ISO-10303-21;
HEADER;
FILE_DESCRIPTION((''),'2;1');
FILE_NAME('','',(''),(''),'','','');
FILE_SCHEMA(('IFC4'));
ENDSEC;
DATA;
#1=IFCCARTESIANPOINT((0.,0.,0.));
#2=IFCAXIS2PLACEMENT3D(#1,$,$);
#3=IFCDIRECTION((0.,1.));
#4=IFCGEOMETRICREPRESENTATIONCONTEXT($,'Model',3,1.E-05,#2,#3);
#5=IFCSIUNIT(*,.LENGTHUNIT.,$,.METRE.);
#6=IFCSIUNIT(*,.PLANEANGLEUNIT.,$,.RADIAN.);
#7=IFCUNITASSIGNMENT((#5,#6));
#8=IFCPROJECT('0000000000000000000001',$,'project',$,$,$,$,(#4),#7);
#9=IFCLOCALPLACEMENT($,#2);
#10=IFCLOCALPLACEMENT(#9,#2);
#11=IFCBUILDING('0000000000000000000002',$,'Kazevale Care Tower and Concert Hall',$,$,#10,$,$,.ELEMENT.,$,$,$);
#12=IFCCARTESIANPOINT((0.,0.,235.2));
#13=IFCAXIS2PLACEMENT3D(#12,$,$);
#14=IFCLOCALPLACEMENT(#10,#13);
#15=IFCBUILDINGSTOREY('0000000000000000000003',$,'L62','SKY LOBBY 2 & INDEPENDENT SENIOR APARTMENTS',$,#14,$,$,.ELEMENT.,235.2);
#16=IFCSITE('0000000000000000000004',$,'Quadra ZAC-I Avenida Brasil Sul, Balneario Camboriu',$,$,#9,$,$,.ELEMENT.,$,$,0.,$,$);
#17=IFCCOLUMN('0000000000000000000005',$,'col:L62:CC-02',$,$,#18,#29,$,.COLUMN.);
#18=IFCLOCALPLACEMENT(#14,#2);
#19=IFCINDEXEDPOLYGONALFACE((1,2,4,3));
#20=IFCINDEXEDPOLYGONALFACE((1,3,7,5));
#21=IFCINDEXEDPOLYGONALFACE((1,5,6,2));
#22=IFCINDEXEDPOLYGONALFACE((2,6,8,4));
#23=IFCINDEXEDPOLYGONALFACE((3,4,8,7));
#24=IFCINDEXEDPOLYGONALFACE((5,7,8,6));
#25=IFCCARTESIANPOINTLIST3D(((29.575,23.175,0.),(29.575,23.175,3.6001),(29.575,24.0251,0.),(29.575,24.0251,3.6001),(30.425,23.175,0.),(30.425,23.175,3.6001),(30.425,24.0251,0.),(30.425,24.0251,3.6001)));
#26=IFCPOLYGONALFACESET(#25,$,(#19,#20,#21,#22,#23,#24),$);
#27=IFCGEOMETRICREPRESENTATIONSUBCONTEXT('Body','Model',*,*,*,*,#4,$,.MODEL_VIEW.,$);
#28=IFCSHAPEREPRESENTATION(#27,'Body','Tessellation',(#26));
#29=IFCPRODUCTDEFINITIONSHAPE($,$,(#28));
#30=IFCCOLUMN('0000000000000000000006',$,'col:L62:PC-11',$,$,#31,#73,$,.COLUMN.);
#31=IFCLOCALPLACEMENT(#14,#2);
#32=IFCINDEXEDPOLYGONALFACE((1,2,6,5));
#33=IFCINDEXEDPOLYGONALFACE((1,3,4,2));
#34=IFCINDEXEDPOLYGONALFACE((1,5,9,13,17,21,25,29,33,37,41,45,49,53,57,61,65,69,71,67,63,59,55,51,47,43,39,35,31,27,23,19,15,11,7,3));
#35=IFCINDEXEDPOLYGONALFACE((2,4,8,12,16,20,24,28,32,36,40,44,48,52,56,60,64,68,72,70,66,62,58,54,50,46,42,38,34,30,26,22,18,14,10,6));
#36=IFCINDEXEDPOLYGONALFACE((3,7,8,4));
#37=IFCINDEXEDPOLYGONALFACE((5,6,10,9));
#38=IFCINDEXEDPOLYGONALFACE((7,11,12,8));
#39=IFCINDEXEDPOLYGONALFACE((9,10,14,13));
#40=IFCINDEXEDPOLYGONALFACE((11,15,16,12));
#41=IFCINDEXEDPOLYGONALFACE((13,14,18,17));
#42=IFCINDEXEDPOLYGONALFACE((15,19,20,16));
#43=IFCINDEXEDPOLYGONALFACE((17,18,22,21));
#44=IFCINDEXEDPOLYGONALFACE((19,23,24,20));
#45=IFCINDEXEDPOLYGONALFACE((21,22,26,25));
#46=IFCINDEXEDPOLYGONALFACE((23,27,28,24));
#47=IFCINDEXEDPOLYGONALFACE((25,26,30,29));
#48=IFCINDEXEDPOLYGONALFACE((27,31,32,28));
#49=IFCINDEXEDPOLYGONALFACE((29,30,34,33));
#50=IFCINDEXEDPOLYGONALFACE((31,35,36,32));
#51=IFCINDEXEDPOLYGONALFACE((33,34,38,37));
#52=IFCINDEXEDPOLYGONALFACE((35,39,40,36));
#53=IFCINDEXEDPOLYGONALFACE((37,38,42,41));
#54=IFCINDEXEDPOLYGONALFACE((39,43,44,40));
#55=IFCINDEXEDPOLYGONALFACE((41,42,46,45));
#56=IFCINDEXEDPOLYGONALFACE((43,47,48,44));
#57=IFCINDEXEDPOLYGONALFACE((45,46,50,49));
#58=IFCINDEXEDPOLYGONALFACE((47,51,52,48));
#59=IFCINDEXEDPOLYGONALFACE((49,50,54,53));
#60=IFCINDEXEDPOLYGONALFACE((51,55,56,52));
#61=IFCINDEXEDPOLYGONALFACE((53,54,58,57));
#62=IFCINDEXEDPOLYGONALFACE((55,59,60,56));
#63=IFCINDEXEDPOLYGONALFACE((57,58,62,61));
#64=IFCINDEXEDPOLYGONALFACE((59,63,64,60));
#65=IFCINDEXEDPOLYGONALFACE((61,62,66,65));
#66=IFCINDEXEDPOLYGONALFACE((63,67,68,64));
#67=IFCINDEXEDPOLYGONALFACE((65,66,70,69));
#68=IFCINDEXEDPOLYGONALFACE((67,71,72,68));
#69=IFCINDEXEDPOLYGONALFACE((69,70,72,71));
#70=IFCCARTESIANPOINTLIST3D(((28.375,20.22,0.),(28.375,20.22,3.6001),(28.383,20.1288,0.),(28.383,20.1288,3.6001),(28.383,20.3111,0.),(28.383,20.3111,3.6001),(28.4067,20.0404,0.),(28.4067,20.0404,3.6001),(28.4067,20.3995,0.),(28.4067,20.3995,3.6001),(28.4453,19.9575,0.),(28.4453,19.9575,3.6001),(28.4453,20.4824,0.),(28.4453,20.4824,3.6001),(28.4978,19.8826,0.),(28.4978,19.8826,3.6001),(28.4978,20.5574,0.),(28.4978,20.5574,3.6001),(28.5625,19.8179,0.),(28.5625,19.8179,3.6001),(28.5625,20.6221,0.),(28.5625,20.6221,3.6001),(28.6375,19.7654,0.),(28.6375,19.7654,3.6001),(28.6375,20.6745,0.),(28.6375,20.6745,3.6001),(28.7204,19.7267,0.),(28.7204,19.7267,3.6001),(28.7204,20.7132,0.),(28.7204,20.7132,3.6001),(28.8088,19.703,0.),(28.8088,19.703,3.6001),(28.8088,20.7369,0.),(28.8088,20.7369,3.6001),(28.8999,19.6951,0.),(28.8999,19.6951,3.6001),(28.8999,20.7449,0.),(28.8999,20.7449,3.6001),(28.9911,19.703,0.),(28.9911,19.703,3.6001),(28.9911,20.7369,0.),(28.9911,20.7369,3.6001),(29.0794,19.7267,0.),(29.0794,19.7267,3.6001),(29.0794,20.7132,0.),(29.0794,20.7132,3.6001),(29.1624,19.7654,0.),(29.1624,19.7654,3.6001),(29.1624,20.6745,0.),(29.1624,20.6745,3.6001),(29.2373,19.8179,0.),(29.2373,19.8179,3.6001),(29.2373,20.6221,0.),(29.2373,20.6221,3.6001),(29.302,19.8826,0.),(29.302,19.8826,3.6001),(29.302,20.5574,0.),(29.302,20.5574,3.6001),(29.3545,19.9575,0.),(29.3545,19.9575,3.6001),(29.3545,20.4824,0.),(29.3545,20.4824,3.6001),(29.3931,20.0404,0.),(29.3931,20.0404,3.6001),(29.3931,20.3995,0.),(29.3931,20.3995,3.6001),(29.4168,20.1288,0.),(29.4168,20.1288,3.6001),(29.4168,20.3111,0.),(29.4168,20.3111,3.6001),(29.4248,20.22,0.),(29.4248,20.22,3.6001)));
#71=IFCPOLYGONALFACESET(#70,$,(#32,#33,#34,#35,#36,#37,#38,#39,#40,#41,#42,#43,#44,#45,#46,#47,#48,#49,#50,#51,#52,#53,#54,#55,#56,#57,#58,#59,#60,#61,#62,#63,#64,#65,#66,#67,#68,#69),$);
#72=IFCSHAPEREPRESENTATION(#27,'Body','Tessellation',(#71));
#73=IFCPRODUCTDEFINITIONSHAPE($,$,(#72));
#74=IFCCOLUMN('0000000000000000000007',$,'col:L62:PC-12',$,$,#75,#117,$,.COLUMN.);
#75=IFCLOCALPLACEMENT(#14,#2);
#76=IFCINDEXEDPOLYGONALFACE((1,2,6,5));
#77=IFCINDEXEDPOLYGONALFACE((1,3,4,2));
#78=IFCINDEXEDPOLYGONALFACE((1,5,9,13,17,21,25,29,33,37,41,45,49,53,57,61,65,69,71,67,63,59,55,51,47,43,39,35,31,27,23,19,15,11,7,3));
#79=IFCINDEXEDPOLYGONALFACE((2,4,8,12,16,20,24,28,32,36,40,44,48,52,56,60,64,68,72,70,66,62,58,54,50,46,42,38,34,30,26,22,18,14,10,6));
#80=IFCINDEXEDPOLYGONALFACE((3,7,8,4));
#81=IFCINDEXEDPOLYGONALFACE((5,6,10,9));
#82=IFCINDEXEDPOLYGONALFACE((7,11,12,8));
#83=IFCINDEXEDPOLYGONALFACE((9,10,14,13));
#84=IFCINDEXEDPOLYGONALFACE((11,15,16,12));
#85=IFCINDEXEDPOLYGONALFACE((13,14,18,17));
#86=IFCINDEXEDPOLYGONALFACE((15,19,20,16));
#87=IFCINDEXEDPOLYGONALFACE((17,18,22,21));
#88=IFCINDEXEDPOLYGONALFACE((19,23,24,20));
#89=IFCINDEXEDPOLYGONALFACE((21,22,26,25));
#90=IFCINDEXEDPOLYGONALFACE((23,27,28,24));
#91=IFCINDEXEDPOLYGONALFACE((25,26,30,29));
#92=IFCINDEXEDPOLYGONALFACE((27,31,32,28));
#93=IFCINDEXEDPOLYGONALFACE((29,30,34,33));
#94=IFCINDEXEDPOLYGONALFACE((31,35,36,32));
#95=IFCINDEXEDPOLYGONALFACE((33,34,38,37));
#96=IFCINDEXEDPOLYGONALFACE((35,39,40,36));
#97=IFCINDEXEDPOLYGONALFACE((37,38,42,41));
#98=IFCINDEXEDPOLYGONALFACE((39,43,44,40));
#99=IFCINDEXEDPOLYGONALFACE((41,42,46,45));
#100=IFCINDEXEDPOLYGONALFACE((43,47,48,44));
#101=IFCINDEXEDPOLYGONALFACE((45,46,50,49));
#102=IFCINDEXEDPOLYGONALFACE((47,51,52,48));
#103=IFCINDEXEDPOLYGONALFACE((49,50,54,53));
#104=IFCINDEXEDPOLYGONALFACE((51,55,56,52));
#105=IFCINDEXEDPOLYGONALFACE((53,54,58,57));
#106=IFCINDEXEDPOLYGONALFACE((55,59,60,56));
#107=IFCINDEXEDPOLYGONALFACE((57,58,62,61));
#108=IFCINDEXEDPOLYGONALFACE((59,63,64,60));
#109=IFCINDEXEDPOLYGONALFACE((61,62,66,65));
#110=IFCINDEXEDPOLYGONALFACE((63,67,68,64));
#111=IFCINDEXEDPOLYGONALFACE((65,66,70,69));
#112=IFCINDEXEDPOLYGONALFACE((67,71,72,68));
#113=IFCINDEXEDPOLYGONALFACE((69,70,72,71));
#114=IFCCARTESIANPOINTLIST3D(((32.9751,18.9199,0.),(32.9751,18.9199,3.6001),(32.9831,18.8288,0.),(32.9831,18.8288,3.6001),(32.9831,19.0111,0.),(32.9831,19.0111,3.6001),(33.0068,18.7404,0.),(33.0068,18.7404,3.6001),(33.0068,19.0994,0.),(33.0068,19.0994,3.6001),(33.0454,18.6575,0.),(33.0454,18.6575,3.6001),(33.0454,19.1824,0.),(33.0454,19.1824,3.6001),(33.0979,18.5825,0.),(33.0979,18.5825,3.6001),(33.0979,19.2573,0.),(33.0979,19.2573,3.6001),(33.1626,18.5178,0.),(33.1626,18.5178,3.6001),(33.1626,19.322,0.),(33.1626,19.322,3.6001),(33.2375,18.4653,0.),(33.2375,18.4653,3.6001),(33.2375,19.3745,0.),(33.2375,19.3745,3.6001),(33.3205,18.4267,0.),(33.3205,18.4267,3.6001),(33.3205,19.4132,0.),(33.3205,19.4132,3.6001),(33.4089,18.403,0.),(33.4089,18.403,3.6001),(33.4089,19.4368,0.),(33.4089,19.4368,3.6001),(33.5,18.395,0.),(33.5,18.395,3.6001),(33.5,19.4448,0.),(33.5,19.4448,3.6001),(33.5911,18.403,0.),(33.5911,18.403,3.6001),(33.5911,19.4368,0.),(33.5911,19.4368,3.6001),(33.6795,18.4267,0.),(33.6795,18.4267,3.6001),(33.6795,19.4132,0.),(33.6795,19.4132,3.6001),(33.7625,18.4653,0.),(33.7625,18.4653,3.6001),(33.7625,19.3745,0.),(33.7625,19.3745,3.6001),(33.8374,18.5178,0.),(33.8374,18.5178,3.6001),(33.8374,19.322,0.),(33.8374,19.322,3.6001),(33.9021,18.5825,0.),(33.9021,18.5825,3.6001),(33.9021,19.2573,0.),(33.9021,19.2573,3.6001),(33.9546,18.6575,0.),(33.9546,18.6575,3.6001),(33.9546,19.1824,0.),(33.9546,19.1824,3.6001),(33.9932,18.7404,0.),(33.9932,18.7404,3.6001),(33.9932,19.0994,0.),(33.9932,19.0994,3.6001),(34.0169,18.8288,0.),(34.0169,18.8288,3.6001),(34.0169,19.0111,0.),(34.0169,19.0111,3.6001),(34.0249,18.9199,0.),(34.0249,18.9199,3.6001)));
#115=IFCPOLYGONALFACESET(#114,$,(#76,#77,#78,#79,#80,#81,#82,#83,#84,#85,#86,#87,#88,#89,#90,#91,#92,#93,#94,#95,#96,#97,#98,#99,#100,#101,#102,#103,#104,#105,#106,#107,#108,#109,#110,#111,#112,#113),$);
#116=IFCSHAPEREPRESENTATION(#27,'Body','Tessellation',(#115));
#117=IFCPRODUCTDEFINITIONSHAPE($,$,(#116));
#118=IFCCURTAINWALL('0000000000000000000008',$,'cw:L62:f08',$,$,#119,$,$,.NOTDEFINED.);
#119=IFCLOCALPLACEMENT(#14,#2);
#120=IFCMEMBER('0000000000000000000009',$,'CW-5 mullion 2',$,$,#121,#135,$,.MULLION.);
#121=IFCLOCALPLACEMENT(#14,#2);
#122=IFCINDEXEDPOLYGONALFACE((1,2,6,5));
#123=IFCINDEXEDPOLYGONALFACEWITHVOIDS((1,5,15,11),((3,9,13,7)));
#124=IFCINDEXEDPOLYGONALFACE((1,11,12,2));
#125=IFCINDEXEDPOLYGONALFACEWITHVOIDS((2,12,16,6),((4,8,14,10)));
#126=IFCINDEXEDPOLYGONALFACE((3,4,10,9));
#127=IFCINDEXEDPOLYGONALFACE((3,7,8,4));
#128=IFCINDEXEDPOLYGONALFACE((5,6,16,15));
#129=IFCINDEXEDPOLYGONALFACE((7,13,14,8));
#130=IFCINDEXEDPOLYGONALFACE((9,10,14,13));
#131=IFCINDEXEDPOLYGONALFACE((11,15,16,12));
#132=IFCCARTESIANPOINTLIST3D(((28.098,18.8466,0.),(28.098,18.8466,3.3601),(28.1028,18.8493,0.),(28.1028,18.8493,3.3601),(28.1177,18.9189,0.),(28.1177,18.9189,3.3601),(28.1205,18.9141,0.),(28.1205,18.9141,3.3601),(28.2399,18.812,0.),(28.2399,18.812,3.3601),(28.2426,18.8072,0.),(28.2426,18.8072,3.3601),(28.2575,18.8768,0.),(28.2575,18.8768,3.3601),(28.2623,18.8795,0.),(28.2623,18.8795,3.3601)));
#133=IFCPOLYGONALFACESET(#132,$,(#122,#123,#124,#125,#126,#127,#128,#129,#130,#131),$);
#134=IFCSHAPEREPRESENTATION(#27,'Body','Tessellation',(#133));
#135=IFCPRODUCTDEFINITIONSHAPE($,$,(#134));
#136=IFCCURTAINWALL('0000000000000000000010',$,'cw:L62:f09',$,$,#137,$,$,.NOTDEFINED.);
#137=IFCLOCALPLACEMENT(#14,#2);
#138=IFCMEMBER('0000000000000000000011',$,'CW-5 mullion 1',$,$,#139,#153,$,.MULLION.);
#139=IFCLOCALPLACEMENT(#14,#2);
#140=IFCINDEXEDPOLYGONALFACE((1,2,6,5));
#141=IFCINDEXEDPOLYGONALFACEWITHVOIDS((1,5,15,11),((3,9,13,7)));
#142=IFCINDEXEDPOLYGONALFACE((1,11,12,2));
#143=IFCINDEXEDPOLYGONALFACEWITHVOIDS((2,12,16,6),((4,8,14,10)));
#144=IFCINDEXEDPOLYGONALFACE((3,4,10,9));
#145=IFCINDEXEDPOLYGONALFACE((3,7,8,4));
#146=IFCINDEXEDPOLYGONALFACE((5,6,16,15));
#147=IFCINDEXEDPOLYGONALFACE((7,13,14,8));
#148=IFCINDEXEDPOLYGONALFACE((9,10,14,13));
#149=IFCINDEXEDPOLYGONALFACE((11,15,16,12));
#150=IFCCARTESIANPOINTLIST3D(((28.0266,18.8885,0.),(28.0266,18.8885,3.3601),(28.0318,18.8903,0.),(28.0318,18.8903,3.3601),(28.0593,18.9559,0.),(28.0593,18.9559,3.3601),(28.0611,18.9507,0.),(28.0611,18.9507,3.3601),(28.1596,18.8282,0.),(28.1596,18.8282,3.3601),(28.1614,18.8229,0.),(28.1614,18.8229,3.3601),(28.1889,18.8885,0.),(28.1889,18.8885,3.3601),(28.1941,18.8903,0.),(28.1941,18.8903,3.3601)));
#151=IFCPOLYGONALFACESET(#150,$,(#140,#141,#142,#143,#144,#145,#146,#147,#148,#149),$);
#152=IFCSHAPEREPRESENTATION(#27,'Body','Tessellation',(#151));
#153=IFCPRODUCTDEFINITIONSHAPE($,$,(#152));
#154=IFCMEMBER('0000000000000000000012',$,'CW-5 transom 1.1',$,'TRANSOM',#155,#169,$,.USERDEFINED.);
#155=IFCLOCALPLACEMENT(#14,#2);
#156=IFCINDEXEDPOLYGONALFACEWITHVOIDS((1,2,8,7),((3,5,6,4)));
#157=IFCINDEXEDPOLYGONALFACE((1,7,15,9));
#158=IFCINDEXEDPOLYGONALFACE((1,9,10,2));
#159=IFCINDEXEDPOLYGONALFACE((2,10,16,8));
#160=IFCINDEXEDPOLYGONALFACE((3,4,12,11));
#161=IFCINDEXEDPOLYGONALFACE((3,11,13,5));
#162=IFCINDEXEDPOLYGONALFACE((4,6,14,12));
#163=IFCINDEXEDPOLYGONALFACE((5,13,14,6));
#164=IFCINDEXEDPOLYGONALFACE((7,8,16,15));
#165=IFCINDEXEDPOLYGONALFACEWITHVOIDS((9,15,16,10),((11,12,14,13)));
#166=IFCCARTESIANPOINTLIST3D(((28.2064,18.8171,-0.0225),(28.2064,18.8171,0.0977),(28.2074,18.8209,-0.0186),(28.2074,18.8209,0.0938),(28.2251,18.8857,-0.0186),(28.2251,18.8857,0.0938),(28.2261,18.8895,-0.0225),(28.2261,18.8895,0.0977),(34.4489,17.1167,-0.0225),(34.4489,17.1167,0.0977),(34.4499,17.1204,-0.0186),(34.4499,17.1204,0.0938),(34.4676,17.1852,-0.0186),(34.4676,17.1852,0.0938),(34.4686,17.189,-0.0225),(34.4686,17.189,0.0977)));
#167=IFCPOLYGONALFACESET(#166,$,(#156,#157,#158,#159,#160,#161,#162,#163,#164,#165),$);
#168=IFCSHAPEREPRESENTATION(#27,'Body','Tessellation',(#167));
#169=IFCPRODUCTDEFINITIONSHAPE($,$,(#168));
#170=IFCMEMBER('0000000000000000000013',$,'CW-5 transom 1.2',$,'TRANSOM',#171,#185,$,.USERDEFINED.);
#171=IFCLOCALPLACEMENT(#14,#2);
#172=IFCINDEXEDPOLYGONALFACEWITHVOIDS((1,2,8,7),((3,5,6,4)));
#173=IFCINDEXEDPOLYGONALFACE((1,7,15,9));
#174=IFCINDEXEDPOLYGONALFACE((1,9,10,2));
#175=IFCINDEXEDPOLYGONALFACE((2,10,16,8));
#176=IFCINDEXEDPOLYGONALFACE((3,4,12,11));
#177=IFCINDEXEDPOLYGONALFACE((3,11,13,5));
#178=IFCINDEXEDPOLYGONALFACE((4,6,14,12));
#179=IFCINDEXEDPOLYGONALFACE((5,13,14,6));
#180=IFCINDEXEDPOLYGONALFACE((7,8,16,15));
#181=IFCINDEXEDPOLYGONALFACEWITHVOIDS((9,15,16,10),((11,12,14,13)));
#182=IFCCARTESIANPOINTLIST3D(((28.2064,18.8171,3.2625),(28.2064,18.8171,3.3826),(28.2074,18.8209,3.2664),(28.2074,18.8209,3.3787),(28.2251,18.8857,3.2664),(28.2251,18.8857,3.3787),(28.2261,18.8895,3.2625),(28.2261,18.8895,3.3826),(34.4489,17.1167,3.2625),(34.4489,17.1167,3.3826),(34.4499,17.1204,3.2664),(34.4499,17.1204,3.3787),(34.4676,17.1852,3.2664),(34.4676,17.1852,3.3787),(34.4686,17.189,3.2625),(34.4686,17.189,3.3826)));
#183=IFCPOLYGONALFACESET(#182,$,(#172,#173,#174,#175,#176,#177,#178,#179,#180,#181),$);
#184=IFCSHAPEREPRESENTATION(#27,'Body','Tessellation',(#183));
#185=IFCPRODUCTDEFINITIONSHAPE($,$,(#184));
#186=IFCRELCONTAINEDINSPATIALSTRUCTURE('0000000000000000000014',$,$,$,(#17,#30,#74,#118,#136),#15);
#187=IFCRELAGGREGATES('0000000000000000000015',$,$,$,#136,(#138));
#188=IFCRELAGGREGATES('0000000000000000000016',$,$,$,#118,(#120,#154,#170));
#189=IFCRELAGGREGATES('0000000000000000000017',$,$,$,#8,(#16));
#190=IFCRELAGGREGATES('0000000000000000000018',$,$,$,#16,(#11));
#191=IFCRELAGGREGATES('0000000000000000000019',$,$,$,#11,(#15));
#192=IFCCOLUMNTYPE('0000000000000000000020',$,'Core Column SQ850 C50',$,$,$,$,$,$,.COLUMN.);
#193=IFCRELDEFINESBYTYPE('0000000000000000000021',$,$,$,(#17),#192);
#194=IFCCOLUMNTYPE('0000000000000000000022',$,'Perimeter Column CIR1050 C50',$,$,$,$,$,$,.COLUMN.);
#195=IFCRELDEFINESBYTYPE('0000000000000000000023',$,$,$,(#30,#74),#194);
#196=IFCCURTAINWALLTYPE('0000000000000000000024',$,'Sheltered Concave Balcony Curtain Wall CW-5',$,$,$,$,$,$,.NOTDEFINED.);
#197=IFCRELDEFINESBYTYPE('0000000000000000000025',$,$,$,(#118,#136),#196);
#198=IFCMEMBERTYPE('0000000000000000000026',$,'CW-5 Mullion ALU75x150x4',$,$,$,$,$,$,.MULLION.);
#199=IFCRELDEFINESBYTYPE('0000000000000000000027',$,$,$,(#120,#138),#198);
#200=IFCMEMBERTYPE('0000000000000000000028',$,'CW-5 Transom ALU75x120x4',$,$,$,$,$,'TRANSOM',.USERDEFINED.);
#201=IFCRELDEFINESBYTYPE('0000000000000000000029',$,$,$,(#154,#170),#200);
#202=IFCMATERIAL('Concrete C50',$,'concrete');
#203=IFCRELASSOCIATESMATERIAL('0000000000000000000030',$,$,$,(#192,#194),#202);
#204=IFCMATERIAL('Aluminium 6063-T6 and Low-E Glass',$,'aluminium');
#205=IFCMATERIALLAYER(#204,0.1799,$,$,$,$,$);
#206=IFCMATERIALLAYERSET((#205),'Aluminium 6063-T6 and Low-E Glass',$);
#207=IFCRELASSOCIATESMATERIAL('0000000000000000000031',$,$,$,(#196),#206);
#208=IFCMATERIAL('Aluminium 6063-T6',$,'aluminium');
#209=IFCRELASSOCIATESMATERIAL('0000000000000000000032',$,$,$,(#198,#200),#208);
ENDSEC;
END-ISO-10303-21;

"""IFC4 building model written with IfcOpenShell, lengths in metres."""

from ifc_helpers import new_model, si_unit, direction, frame, origin, origin_2d, place, context, subcontext, project, spatial, rectangle, hollow_rectangle, circle, extrude, material, layer, layer_set, material_profile, profile_set, type_object, element, aggregate, save


model = new_model("IFC4")

# Units and contexts
model_context = context("Model", 3, precision=1e-05, world=origin(), true_north=direction((0.0, 1.0)))
body_context = subcontext(model_context, "Body", "Model", "MODEL_VIEW")
ifc_project = project(units=[si_unit("LENGTHUNIT", "METRE"), si_unit("PLANEANGLEUNIT", "RADIAN")], contexts=[model_context])

# Site, building, storey
site_placement = place(None, origin())
site = spatial("IfcSite", under=ifc_project, at=site_placement, Name="Quadra ZAC-I Avenida Brasil Sul, Balneario Camboriu", CompositionType="ELEMENT", RefElevation=0.0)
building_placement = place(site_placement, origin())
building = spatial("IfcBuilding", under=site, at=building_placement, Name="Kazevale Care Tower and Concert Hall", CompositionType="ELEMENT")
storey_placement = place(building_placement, frame((0.0, 0.0, 235.2)))
storey = spatial("IfcBuildingStorey", under=building, at=storey_placement, Name="L62", Description="SKY LOBBY 2 & INDEPENDENT SENIOR APARTMENTS", CompositionType="ELEMENT", Elevation=235.2)

# Columns
ifc_material_1 = material(Name="Concrete C50", Category="concrete")
ifc_material_profile_1 = material_profile(ifc_material_1, rectangle(XDim=0.8501, YDim=0.8501, at=origin_2d()), Name="RC-SQ850")
ifc_profile_set_1 = profile_set([ifc_material_profile_1], Name="Concrete C50")
column_type_1 = type_object("IfcColumnType", Name="Core Column SQ850 C50", PredefinedType="COLUMN", material=ifc_profile_set_1)
column_placement = place(storey_placement, frame((30.0, 23.6001, 0.0), z_axis=(0.0, 0.0, 1.0), x_axis=(1.0, 0.0, 0.0)))
element("IfcColumn", 1, at=column_placement, inside=storey, type_object=column_type_1, Name="col:L62:CC-02", PredefinedType="COLUMN", context=body_context, shape_type="SweptSolid", body=[
    extrude(rectangle(XDim=0.8501, YDim=0.8501, at=origin_2d()), origin(), (0.0, 0.0, 1.0), 3.6001),
])
ifc_material_profile_2 = material_profile(ifc_material_1, circle(Radius=0.5249, at=origin_2d()), Name="RC-CIR1050")
ifc_profile_set_2 = profile_set([ifc_material_profile_2], Name="Concrete C50")
column_type_2 = type_object("IfcColumnType", Name="Perimeter Column CIR1050 C50", PredefinedType="COLUMN", material=ifc_profile_set_2)
for number, where, z_axis, x_axis, name in (
    (2, (28.8999, 20.22, 0.0), (0.0, 0.0, 1.0), (1.0, 0.0, 0.0), "col:L62:PC-11"),
    (3, (33.5, 18.9199, 0.0), (0.0, 0.0, 1.0), (1.0, 0.0, 0.0), "col:L62:PC-12"),
):
    element("IfcColumn", number, at=place(storey_placement, frame(where, z_axis=z_axis, x_axis=x_axis)), inside=storey, type_object=column_type_2, Name=name, PredefinedType="COLUMN", context=body_context, shape_type="SweptSolid", body=[
        extrude(circle(Radius=0.5249, at=origin_2d()), origin(), (0.0, 0.0, 1.0), 3.6001),
    ])

# Curtain walls, members
ifc_material_2 = material(Name="Aluminium 6063-T6 and Low-E Glass", Category="aluminium")
ifc_layer_1 = layer(ifc_material_2, 0.1799)
ifc_layer_set_1 = layer_set([ifc_layer_1], Name="Aluminium 6063-T6 and Low-E Glass")
curtain_wall_type = type_object("IfcCurtainWallType", Name="Sheltered Concave Balcony Curtain Wall CW-5", PredefinedType="NOTDEFINED", material=ifc_layer_set_1)
curtain_wall_1_placement = place(storey_placement, origin())
curtain_wall_1 = element("IfcCurtainWall", 4, at=curtain_wall_1_placement, inside=storey, type_object=curtain_wall_type, Name="cw:L62:f08", PredefinedType="NOTDEFINED")
ifc_material_3 = material(Name="Aluminium 6063-T6", Category="aluminium")
ifc_material_profile_3 = material_profile(ifc_material_3, hollow_rectangle(XDim=0.075, YDim=0.1499, WallThickness=0.0039, at=origin_2d()), Name="ALU75x150x4")
ifc_profile_set_3 = profile_set([ifc_material_profile_3], Name="Aluminium 6063-T6")
member_type_1 = type_object("IfcMemberType", Name="CW-5 Mullion ALU75x150x4", PredefinedType="MULLION", material=ifc_profile_set_3)
member_1_placement = place(storey_placement, frame((28.1802, 18.863, 0.0), z_axis=(0.0, 0.0, 1.0), x_axis=(-0.262849, -0.964837, 0.0)))
member_1 = element("IfcMember", 5, at=member_1_placement, type_object=member_type_1, Name="CW-5 mullion 2", PredefinedType="MULLION", context=body_context, shape_type="SweptSolid", body=[
    extrude(hollow_rectangle(XDim=0.075, YDim=0.1499, WallThickness=0.0039, at=origin_2d()), origin(), (0.0, 0.0, 1.0), 3.3601),
])
curtain_wall_2_placement = place(storey_placement, origin())
curtain_wall_2 = element("IfcCurtainWall", 6, at=curtain_wall_2_placement, inside=storey, type_object=curtain_wall_type, Name="cw:L62:f09", PredefinedType="NOTDEFINED")
member_2_placement = place(storey_placement, frame((28.1104, 18.8894, 0.0), z_axis=(0.0, 0.0, 1.0), x_axis=(-0.437238, -0.899346, 0.0)))
member_2 = element("IfcMember", 7, at=member_2_placement, type_object=member_type_1, Name="CW-5 mullion 1", PredefinedType="MULLION", context=body_context, shape_type="SweptSolid", body=[
    extrude(hollow_rectangle(XDim=0.075, YDim=0.1499, WallThickness=0.0039, at=origin_2d()), origin(), (0.0, 0.0, 1.0), 3.3601),
])

# Members
ifc_material_profile_4 = material_profile(ifc_material_3, hollow_rectangle(XDim=0.075, YDim=0.1201, WallThickness=0.0039, at=origin_2d()), Name="ALU75x120x4")
ifc_profile_set_4 = profile_set([ifc_material_profile_4], Name="Aluminium 6063-T6")
member_type_2 = type_object("IfcMemberType", Name="CW-5 Transom ALU75x120x4", ElementType="TRANSOM", PredefinedType="USERDEFINED", material=ifc_profile_set_4)
member_3_placement = place(storey_placement, frame((34.4587, 17.1528, 0.0376), z_axis=(-0.964844, 0.262824, 0.0), x_axis=(-0.262824, -0.964844, 0.0)))
member_3 = element("IfcMember", 8, at=member_3_placement, type_object=member_type_2, Name="CW-5 transom 1.1", ObjectType="TRANSOM", PredefinedType="USERDEFINED", context=body_context, shape_type="SweptSolid", body=[
    extrude(hollow_rectangle(XDim=0.075, YDim=0.1201, WallThickness=0.0039, at=origin_2d()), origin(), (0.0, 0.0, 1.0), 6.47),
])
member_4_placement = place(storey_placement, frame((34.4587, 17.1528, 3.3225), z_axis=(-0.964844, 0.262824, 0.0), x_axis=(-0.262824, -0.964844, 0.0)))
member_4 = element("IfcMember", 9, at=member_4_placement, type_object=member_type_2, Name="CW-5 transom 1.2", ObjectType="TRANSOM", PredefinedType="USERDEFINED", context=body_context, shape_type="SweptSolid", body=[
    extrude(hollow_rectangle(XDim=0.075, YDim=0.1201, WallThickness=0.0039, at=origin_2d()), origin(), (0.0, 0.0, 1.0), 6.47),
])
aggregate(curtain_wall_2, [member_2])

aggregate(curtain_wall_1, [member_1, member_3, member_4])

save(model, "model.ifc")
